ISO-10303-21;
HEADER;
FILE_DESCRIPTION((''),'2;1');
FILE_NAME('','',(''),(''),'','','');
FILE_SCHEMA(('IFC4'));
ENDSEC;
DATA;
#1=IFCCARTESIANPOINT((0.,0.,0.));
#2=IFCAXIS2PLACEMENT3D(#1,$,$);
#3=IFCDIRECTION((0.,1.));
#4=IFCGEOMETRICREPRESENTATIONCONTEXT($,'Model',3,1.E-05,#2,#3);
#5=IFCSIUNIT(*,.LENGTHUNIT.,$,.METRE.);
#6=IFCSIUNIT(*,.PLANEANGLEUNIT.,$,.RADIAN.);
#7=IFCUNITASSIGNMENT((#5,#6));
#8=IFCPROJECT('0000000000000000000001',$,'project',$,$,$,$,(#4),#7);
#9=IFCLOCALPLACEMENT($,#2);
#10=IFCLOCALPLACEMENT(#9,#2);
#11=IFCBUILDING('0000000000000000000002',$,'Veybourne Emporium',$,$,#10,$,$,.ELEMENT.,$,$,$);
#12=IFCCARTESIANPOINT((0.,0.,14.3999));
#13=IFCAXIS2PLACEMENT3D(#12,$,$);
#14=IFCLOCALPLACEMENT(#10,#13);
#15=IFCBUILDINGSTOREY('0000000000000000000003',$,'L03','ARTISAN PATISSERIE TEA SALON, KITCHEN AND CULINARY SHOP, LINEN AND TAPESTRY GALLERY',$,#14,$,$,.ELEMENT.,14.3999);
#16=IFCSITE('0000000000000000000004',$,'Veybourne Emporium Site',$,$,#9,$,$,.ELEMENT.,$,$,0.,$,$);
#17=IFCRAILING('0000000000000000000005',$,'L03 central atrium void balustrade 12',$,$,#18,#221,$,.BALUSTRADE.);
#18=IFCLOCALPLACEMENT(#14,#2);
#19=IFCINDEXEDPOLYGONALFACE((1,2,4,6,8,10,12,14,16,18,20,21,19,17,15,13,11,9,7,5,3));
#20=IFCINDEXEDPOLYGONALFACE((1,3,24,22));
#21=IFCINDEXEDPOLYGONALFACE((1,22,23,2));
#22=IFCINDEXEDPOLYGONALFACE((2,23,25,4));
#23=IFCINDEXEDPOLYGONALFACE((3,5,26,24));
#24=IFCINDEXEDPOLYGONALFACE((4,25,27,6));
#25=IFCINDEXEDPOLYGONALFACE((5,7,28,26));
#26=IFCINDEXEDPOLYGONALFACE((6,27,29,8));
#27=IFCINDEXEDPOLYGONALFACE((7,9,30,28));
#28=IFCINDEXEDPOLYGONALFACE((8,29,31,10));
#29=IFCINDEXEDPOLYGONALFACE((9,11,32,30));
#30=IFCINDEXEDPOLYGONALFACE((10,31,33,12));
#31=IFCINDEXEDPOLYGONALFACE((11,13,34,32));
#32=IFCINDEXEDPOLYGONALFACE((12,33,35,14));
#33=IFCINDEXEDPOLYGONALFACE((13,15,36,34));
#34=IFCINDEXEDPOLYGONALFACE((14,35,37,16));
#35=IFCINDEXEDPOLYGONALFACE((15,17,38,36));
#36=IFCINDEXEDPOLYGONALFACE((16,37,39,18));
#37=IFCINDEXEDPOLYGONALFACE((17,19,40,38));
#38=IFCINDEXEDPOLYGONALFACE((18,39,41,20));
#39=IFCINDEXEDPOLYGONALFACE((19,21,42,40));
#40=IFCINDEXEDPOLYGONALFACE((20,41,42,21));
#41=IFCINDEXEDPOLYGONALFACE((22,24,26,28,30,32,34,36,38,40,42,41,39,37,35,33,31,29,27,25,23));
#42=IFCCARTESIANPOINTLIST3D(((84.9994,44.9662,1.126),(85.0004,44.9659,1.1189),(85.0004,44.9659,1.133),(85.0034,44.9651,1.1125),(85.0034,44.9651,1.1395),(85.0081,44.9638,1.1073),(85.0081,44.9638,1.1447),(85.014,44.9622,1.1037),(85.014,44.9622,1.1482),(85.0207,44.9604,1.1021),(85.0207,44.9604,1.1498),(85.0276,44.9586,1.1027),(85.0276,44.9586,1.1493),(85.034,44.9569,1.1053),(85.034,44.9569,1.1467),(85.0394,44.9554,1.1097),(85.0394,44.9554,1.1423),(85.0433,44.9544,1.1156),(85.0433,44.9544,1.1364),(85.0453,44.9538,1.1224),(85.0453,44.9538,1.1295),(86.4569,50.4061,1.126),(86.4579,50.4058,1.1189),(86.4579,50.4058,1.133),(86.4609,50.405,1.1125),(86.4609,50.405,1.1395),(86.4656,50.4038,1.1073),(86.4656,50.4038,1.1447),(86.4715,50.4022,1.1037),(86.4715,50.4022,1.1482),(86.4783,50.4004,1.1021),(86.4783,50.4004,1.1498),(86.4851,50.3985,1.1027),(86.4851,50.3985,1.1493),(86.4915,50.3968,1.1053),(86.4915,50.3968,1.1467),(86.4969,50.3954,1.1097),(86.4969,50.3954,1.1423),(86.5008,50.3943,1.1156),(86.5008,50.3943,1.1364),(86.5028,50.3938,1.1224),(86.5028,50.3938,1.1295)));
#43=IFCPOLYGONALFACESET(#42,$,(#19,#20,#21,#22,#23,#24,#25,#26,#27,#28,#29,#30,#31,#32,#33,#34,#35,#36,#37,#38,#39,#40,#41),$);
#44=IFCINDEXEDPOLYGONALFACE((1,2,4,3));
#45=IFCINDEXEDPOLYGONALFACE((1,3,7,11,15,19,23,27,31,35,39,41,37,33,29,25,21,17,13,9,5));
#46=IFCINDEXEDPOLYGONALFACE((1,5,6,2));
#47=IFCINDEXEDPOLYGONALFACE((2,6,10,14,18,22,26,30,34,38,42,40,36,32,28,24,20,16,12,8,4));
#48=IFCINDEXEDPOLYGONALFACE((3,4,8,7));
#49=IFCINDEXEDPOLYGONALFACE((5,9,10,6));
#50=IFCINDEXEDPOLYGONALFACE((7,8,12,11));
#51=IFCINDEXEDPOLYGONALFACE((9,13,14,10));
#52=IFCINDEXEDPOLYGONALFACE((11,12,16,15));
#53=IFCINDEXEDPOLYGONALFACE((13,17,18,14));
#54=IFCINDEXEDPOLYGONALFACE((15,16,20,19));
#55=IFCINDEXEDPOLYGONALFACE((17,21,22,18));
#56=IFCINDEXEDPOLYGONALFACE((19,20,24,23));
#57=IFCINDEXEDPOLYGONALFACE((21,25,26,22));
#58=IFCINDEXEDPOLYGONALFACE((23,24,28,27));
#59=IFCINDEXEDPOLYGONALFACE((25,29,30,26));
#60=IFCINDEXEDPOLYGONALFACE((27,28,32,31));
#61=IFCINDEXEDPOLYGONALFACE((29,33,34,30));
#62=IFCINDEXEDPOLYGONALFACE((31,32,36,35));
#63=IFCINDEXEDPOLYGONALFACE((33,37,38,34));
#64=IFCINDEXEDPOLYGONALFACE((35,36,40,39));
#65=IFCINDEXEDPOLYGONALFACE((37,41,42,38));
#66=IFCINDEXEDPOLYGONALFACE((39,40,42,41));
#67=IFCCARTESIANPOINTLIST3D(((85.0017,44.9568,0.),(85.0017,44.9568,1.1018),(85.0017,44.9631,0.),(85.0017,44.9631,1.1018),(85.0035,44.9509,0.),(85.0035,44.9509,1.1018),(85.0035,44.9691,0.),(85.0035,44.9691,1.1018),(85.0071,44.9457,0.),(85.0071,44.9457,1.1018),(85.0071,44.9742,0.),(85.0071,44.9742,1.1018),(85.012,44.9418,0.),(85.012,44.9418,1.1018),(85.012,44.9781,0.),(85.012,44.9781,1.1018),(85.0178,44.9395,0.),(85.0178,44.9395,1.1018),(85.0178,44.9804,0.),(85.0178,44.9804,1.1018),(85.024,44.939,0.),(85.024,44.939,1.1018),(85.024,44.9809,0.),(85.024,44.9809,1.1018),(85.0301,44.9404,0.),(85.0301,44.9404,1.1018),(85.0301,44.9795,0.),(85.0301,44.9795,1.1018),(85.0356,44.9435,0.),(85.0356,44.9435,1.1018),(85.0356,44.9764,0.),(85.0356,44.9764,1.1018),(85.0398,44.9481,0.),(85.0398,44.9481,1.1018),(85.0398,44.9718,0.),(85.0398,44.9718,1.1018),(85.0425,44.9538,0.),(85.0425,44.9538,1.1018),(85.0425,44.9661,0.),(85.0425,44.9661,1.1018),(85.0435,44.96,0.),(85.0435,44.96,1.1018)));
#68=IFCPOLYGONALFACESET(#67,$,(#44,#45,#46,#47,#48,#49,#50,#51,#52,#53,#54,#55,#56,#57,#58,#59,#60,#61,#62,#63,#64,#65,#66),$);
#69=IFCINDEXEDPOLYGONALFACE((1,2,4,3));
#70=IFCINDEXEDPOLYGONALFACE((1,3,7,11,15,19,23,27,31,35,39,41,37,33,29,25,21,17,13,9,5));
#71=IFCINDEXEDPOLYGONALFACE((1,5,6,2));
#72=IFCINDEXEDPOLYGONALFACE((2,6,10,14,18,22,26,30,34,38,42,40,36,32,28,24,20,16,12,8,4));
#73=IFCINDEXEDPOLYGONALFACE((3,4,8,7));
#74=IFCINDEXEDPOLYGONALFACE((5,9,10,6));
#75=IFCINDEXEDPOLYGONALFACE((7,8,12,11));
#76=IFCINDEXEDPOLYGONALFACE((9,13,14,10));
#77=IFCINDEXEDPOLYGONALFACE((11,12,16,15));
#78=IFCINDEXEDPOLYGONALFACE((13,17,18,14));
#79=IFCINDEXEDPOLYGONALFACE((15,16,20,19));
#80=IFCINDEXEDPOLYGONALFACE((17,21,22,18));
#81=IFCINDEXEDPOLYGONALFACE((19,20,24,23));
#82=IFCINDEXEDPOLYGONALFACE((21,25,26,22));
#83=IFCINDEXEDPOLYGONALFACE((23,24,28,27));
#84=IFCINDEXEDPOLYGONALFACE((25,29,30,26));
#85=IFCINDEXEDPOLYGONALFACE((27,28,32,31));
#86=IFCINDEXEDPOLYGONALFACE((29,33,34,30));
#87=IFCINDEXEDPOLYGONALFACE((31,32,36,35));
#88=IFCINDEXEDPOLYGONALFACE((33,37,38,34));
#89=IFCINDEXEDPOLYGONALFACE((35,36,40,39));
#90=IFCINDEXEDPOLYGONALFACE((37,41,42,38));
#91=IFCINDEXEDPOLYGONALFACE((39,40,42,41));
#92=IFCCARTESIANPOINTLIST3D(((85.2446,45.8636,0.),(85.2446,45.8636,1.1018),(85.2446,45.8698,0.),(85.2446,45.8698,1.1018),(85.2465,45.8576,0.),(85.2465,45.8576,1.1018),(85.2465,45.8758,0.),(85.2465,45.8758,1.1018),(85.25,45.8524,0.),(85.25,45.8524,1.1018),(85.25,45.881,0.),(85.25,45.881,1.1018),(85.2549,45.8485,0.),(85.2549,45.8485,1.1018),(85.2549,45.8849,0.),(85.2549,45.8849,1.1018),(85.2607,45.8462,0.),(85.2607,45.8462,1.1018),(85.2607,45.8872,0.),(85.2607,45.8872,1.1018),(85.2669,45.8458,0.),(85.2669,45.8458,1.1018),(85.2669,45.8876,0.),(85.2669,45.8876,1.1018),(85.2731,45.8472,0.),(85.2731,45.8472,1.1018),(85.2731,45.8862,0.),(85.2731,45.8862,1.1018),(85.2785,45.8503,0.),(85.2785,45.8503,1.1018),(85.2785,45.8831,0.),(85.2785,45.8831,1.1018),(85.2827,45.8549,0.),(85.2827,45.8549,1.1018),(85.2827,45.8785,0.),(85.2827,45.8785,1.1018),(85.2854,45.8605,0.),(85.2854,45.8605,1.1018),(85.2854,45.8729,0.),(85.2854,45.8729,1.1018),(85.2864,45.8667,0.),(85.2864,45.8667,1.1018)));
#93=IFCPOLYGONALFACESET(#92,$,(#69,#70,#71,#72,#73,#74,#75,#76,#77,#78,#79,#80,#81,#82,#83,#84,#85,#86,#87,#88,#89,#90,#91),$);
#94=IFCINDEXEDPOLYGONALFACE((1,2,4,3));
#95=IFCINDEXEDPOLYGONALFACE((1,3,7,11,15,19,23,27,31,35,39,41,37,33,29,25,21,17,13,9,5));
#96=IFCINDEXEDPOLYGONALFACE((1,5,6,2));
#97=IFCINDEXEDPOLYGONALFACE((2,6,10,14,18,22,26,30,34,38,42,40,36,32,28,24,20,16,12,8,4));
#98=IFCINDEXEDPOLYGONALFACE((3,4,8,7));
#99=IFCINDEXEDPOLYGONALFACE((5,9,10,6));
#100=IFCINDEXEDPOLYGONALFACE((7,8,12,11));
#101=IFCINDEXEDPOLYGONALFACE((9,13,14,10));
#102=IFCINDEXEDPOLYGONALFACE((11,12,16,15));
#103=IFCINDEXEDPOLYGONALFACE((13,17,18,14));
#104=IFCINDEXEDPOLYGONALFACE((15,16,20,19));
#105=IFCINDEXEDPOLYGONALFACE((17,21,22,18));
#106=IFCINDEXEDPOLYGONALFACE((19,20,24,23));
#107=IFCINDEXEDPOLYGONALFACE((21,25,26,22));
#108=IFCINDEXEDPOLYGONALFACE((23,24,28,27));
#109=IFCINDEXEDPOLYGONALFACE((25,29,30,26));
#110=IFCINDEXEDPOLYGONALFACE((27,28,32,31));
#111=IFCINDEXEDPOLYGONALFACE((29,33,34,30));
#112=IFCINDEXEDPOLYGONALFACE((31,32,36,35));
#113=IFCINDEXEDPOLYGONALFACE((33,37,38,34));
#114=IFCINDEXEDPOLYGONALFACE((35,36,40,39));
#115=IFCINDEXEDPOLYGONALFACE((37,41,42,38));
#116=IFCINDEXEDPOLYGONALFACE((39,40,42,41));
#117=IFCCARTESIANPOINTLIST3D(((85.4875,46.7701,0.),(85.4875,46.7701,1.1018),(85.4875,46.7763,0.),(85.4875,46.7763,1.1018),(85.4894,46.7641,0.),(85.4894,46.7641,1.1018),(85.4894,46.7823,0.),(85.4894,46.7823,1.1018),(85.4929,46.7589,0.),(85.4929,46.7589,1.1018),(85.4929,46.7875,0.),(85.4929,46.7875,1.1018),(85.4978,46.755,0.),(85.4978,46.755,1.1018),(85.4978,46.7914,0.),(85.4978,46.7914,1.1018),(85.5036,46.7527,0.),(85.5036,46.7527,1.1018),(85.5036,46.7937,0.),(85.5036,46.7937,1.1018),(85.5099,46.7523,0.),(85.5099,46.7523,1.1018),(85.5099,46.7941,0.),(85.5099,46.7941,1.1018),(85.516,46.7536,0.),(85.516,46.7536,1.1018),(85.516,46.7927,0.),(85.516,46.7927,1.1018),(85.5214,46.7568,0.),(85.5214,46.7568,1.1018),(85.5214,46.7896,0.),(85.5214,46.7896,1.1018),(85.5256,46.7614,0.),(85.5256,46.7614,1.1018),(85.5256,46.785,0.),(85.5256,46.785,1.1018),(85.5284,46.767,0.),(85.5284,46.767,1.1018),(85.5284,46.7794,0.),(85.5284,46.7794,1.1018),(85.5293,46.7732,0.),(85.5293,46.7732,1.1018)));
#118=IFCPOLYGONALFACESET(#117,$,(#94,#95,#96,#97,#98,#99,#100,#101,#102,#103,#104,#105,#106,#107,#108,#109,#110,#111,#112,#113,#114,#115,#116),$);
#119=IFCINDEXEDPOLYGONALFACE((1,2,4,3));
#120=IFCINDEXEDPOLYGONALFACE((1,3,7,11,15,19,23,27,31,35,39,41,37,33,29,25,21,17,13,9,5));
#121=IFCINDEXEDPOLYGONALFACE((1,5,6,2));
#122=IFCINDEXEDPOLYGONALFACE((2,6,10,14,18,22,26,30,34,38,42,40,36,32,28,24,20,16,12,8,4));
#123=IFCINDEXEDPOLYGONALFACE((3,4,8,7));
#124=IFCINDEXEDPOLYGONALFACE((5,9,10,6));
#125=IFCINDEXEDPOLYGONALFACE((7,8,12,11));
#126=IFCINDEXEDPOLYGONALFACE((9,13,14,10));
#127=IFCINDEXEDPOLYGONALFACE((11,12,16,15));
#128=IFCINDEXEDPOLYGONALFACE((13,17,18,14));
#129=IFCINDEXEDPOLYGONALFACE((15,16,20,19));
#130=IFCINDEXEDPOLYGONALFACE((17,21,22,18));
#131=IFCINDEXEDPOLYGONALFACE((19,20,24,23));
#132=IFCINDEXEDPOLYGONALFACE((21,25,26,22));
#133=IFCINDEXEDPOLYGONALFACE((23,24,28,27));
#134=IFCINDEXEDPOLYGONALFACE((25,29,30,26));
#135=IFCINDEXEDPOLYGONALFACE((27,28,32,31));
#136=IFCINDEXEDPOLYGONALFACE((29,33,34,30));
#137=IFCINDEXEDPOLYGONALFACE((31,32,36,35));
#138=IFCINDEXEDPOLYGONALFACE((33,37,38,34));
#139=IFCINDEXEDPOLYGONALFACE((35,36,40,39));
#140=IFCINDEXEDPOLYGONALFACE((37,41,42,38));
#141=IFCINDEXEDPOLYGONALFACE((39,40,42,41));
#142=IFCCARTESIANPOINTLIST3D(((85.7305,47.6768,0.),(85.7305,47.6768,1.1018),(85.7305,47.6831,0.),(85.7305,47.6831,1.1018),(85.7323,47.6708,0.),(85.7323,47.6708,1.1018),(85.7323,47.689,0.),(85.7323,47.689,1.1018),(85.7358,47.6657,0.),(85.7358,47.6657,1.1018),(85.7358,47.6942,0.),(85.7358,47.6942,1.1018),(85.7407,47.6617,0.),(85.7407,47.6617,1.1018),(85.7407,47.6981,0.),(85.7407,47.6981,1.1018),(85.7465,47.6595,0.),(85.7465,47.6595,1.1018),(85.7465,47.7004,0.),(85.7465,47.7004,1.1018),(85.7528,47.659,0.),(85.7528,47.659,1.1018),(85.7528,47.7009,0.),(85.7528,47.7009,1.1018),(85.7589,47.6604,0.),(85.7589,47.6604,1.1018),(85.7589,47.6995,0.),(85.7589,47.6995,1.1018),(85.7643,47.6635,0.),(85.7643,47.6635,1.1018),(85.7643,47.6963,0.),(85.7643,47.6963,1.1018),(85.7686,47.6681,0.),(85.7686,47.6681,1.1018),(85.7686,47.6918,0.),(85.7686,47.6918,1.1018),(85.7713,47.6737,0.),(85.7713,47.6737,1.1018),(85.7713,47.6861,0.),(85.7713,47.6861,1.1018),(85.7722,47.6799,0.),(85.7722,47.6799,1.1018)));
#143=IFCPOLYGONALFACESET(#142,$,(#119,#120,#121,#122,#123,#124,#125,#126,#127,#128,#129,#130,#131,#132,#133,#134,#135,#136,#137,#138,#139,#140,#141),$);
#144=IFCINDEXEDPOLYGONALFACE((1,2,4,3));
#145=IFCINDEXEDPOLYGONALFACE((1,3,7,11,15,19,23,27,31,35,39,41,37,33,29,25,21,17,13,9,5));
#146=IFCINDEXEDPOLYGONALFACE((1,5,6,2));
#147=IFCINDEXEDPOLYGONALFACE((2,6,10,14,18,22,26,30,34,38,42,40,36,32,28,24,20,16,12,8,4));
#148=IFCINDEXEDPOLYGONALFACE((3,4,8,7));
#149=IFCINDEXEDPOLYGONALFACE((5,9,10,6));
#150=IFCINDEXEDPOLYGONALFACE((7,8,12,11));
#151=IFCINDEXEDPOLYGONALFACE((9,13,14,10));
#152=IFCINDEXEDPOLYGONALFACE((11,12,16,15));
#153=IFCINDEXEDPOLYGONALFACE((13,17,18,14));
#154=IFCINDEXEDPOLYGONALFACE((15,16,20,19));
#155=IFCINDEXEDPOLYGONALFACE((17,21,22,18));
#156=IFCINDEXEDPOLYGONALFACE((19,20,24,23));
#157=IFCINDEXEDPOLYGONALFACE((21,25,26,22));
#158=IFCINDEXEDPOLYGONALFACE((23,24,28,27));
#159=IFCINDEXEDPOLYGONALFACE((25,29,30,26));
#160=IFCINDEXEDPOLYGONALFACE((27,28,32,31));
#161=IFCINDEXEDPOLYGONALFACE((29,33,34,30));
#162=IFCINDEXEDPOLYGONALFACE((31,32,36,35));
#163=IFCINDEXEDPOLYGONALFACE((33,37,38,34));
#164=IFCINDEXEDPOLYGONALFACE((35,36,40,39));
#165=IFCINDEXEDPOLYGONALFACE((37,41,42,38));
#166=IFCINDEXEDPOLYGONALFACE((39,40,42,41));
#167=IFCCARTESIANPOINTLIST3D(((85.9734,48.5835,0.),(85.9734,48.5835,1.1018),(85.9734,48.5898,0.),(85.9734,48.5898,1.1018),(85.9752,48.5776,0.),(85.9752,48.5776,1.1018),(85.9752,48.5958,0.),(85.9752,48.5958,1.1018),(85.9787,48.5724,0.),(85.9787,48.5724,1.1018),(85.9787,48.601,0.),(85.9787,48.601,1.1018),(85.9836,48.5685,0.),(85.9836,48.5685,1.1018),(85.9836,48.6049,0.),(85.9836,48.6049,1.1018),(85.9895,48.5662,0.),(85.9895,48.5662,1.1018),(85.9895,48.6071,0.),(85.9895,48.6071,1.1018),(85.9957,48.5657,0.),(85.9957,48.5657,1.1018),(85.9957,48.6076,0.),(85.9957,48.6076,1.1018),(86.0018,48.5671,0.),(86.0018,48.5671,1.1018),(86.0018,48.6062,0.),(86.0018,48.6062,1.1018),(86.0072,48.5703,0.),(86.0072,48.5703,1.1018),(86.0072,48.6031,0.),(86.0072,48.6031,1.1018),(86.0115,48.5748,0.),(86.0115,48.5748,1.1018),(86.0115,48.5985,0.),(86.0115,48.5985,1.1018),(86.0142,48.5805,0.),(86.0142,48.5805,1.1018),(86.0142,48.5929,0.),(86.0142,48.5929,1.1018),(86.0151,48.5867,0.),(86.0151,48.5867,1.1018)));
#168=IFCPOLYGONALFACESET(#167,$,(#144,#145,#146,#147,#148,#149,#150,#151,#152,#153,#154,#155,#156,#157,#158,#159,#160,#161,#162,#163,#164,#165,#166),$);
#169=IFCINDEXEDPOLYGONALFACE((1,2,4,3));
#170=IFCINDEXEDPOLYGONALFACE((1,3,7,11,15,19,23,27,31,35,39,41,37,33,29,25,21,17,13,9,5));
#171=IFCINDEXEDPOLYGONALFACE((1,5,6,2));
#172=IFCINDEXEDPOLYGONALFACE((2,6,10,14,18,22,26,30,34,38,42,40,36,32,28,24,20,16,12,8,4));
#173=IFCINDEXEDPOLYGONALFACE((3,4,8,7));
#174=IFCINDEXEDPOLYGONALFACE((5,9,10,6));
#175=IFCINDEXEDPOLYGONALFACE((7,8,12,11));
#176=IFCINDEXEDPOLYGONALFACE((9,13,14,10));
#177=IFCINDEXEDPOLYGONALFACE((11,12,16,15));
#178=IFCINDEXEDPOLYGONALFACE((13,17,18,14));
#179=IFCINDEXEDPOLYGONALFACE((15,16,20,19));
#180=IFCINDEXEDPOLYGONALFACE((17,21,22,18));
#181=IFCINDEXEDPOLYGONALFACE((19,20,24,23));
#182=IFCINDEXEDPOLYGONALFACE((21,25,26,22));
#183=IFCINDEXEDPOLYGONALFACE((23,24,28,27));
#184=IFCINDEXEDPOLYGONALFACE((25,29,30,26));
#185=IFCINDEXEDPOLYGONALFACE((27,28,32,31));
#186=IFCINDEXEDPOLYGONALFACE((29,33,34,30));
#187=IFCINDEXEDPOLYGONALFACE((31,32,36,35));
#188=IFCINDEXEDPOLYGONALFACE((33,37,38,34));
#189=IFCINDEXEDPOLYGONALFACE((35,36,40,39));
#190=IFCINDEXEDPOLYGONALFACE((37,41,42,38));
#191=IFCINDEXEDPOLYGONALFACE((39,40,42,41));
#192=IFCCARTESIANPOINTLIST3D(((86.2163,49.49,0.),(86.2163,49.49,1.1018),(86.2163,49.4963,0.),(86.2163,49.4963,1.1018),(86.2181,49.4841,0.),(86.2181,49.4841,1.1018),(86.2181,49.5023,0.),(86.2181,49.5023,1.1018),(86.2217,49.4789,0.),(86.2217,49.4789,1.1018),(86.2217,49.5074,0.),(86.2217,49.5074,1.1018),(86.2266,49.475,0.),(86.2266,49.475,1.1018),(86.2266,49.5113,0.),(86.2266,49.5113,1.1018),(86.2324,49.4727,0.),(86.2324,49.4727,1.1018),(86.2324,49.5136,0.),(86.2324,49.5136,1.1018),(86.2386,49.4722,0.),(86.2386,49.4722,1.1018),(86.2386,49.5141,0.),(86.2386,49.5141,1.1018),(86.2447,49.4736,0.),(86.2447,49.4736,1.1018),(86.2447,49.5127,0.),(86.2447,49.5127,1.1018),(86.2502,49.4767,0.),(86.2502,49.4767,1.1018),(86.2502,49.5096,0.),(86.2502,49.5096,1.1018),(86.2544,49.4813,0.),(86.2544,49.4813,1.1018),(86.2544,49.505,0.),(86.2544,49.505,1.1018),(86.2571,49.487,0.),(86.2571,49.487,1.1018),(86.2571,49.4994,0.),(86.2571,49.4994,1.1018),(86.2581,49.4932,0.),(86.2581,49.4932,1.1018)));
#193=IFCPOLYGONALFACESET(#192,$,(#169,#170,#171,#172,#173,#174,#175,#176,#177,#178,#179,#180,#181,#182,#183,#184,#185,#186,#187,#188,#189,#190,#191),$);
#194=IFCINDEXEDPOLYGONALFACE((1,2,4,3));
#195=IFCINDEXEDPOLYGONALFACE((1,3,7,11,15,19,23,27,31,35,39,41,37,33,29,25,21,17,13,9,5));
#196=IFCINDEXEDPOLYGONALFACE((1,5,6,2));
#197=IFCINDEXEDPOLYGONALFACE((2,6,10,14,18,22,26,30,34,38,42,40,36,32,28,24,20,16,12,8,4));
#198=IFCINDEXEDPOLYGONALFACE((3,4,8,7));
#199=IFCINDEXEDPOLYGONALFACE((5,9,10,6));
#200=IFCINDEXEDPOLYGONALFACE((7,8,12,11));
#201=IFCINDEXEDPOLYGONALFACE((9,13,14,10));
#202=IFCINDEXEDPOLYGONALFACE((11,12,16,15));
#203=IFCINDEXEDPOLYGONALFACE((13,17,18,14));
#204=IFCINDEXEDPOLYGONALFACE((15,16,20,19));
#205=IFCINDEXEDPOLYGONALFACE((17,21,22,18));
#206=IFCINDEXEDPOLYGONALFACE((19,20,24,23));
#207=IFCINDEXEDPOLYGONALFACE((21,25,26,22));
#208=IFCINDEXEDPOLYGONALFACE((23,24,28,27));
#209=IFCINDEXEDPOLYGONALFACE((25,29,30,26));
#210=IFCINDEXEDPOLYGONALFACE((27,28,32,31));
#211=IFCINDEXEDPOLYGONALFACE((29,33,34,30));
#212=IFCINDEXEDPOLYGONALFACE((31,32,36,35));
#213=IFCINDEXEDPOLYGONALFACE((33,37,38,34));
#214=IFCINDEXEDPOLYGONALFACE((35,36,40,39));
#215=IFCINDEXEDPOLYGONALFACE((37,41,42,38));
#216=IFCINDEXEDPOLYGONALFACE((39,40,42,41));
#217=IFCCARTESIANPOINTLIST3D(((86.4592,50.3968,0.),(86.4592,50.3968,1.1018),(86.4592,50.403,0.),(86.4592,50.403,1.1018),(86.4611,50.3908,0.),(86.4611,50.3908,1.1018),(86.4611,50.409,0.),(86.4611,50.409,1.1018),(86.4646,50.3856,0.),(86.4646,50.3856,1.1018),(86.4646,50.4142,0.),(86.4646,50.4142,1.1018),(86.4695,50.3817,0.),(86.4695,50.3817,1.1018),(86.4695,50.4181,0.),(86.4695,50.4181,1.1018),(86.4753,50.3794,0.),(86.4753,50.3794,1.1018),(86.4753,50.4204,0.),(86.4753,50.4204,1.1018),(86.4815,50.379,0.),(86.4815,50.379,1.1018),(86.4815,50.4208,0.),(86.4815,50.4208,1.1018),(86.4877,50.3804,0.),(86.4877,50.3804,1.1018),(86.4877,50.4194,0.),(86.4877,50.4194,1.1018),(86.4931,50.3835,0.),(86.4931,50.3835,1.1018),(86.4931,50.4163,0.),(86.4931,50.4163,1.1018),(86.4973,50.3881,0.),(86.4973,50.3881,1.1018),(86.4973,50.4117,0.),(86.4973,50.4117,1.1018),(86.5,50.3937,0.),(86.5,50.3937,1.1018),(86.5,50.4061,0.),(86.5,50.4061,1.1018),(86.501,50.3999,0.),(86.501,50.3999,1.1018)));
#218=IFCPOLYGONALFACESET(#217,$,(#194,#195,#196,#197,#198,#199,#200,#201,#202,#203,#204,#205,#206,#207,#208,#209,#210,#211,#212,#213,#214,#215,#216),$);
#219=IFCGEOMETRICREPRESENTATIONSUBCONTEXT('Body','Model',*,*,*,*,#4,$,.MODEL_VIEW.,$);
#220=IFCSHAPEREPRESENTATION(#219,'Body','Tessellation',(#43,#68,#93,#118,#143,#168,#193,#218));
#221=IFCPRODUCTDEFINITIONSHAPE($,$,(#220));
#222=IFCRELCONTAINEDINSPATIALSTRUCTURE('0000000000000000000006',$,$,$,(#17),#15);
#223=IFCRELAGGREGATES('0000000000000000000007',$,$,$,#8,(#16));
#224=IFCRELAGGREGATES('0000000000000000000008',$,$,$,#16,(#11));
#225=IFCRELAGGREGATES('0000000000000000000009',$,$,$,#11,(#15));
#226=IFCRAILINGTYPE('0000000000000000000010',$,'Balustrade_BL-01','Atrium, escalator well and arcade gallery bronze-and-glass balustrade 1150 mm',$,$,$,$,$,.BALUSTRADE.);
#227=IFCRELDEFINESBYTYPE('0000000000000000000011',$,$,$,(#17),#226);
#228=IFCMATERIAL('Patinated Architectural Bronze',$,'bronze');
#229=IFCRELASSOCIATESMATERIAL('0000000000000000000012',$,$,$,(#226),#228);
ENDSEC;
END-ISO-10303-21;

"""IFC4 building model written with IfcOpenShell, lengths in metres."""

from ifc_helpers import new_model, si_unit, direction, frame, origin, origin_2d, place, context, subcontext, project, spatial, circle, extrude, material, type_object, element, save


model = new_model("IFC4")

# Units and contexts
model_context = context("Model", 3, precision=1e-05, world=origin(), true_north=direction((0.0, 1.0)))
body_context = subcontext(model_context, "Body", "Model", "MODEL_VIEW")
ifc_project = project(units=[si_unit("LENGTHUNIT", "METRE"), si_unit("PLANEANGLEUNIT", "RADIAN")], contexts=[model_context])

# Site, building, storey
site_placement = place(None, origin())
site = spatial("IfcSite", under=ifc_project, at=site_placement, Name="Veybourne Emporium Site", CompositionType="ELEMENT", RefElevation=0.0)
building_placement = place(site_placement, origin())
building = spatial("IfcBuilding", under=site, at=building_placement, Name="Veybourne Emporium", CompositionType="ELEMENT")
storey_placement = place(building_placement, frame((0.0, 0.0, 14.3999)))
storey = spatial("IfcBuildingStorey", under=building, at=storey_placement, Name="L03", Description="ARTISAN PATISSERIE TEA SALON, KITCHEN AND CULINARY SHOP, LINEN AND TAPESTRY GALLERY", CompositionType="ELEMENT", Elevation=14.3999)

# Shared definitions
ifc_material_1 = material(Name="Patinated Architectural Bronze", Category="bronze")

# Railing
railing_type = type_object("IfcRailingType", Name="Balustrade_BL-01", Description="Atrium, escalator well and arcade gallery bronze-and-glass balustrade 1150 mm", PredefinedType="BALUSTRADE", material=ifc_material_1)
railing_1_placement = place(storey_placement, frame((85.0225, 44.96, 0.0)))
element("IfcRailing", 1, at=railing_1_placement, inside=storey, type_object=railing_type, Name="L03 central atrium void balustrade 12", PredefinedType="BALUSTRADE", context=body_context, shape_type="SweptSolid", body=[
    extrude(circle(Radius=0.0239, at=origin_2d()), frame((0.0, 0.0, 1.126), z_axis=(0.258801, 0.965931, 0.0), x_axis=(-0.965931, 0.258801, 0.0)), (0.0, 0.0, 1.0), 5.6318),
    extrude(circle(Radius=0.021, at=origin_2d()), origin(), (0.0, 0.0, 1.0), 1.1018),
    extrude(circle(Radius=0.021, at=origin_2d()), frame((0.2429, 0.9067, 0.0)), (0.0, 0.0, 1.0), 1.1018),
    extrude(circle(Radius=0.021, at=origin_2d()), frame((0.4858, 1.8132, 0.0)), (0.0, 0.0, 1.0), 1.1018),
    extrude(circle(Radius=0.021, at=origin_2d()), frame((0.7288, 2.72, 0.0)), (0.0, 0.0, 1.0), 1.1018),
    extrude(circle(Radius=0.021, at=origin_2d()), frame((0.9717, 3.6267, 0.0)), (0.0, 0.0, 1.0), 1.1018),
    extrude(circle(Radius=0.021, at=origin_2d()), frame((1.2146, 4.5332, 0.0)), (0.0, 0.0, 1.0), 1.1018),
    extrude(circle(Radius=0.021, at=origin_2d()), frame((1.4575, 5.4399, 0.0)), (0.0, 0.0, 1.0), 1.1018),
])

save(model, "model.ifc")
